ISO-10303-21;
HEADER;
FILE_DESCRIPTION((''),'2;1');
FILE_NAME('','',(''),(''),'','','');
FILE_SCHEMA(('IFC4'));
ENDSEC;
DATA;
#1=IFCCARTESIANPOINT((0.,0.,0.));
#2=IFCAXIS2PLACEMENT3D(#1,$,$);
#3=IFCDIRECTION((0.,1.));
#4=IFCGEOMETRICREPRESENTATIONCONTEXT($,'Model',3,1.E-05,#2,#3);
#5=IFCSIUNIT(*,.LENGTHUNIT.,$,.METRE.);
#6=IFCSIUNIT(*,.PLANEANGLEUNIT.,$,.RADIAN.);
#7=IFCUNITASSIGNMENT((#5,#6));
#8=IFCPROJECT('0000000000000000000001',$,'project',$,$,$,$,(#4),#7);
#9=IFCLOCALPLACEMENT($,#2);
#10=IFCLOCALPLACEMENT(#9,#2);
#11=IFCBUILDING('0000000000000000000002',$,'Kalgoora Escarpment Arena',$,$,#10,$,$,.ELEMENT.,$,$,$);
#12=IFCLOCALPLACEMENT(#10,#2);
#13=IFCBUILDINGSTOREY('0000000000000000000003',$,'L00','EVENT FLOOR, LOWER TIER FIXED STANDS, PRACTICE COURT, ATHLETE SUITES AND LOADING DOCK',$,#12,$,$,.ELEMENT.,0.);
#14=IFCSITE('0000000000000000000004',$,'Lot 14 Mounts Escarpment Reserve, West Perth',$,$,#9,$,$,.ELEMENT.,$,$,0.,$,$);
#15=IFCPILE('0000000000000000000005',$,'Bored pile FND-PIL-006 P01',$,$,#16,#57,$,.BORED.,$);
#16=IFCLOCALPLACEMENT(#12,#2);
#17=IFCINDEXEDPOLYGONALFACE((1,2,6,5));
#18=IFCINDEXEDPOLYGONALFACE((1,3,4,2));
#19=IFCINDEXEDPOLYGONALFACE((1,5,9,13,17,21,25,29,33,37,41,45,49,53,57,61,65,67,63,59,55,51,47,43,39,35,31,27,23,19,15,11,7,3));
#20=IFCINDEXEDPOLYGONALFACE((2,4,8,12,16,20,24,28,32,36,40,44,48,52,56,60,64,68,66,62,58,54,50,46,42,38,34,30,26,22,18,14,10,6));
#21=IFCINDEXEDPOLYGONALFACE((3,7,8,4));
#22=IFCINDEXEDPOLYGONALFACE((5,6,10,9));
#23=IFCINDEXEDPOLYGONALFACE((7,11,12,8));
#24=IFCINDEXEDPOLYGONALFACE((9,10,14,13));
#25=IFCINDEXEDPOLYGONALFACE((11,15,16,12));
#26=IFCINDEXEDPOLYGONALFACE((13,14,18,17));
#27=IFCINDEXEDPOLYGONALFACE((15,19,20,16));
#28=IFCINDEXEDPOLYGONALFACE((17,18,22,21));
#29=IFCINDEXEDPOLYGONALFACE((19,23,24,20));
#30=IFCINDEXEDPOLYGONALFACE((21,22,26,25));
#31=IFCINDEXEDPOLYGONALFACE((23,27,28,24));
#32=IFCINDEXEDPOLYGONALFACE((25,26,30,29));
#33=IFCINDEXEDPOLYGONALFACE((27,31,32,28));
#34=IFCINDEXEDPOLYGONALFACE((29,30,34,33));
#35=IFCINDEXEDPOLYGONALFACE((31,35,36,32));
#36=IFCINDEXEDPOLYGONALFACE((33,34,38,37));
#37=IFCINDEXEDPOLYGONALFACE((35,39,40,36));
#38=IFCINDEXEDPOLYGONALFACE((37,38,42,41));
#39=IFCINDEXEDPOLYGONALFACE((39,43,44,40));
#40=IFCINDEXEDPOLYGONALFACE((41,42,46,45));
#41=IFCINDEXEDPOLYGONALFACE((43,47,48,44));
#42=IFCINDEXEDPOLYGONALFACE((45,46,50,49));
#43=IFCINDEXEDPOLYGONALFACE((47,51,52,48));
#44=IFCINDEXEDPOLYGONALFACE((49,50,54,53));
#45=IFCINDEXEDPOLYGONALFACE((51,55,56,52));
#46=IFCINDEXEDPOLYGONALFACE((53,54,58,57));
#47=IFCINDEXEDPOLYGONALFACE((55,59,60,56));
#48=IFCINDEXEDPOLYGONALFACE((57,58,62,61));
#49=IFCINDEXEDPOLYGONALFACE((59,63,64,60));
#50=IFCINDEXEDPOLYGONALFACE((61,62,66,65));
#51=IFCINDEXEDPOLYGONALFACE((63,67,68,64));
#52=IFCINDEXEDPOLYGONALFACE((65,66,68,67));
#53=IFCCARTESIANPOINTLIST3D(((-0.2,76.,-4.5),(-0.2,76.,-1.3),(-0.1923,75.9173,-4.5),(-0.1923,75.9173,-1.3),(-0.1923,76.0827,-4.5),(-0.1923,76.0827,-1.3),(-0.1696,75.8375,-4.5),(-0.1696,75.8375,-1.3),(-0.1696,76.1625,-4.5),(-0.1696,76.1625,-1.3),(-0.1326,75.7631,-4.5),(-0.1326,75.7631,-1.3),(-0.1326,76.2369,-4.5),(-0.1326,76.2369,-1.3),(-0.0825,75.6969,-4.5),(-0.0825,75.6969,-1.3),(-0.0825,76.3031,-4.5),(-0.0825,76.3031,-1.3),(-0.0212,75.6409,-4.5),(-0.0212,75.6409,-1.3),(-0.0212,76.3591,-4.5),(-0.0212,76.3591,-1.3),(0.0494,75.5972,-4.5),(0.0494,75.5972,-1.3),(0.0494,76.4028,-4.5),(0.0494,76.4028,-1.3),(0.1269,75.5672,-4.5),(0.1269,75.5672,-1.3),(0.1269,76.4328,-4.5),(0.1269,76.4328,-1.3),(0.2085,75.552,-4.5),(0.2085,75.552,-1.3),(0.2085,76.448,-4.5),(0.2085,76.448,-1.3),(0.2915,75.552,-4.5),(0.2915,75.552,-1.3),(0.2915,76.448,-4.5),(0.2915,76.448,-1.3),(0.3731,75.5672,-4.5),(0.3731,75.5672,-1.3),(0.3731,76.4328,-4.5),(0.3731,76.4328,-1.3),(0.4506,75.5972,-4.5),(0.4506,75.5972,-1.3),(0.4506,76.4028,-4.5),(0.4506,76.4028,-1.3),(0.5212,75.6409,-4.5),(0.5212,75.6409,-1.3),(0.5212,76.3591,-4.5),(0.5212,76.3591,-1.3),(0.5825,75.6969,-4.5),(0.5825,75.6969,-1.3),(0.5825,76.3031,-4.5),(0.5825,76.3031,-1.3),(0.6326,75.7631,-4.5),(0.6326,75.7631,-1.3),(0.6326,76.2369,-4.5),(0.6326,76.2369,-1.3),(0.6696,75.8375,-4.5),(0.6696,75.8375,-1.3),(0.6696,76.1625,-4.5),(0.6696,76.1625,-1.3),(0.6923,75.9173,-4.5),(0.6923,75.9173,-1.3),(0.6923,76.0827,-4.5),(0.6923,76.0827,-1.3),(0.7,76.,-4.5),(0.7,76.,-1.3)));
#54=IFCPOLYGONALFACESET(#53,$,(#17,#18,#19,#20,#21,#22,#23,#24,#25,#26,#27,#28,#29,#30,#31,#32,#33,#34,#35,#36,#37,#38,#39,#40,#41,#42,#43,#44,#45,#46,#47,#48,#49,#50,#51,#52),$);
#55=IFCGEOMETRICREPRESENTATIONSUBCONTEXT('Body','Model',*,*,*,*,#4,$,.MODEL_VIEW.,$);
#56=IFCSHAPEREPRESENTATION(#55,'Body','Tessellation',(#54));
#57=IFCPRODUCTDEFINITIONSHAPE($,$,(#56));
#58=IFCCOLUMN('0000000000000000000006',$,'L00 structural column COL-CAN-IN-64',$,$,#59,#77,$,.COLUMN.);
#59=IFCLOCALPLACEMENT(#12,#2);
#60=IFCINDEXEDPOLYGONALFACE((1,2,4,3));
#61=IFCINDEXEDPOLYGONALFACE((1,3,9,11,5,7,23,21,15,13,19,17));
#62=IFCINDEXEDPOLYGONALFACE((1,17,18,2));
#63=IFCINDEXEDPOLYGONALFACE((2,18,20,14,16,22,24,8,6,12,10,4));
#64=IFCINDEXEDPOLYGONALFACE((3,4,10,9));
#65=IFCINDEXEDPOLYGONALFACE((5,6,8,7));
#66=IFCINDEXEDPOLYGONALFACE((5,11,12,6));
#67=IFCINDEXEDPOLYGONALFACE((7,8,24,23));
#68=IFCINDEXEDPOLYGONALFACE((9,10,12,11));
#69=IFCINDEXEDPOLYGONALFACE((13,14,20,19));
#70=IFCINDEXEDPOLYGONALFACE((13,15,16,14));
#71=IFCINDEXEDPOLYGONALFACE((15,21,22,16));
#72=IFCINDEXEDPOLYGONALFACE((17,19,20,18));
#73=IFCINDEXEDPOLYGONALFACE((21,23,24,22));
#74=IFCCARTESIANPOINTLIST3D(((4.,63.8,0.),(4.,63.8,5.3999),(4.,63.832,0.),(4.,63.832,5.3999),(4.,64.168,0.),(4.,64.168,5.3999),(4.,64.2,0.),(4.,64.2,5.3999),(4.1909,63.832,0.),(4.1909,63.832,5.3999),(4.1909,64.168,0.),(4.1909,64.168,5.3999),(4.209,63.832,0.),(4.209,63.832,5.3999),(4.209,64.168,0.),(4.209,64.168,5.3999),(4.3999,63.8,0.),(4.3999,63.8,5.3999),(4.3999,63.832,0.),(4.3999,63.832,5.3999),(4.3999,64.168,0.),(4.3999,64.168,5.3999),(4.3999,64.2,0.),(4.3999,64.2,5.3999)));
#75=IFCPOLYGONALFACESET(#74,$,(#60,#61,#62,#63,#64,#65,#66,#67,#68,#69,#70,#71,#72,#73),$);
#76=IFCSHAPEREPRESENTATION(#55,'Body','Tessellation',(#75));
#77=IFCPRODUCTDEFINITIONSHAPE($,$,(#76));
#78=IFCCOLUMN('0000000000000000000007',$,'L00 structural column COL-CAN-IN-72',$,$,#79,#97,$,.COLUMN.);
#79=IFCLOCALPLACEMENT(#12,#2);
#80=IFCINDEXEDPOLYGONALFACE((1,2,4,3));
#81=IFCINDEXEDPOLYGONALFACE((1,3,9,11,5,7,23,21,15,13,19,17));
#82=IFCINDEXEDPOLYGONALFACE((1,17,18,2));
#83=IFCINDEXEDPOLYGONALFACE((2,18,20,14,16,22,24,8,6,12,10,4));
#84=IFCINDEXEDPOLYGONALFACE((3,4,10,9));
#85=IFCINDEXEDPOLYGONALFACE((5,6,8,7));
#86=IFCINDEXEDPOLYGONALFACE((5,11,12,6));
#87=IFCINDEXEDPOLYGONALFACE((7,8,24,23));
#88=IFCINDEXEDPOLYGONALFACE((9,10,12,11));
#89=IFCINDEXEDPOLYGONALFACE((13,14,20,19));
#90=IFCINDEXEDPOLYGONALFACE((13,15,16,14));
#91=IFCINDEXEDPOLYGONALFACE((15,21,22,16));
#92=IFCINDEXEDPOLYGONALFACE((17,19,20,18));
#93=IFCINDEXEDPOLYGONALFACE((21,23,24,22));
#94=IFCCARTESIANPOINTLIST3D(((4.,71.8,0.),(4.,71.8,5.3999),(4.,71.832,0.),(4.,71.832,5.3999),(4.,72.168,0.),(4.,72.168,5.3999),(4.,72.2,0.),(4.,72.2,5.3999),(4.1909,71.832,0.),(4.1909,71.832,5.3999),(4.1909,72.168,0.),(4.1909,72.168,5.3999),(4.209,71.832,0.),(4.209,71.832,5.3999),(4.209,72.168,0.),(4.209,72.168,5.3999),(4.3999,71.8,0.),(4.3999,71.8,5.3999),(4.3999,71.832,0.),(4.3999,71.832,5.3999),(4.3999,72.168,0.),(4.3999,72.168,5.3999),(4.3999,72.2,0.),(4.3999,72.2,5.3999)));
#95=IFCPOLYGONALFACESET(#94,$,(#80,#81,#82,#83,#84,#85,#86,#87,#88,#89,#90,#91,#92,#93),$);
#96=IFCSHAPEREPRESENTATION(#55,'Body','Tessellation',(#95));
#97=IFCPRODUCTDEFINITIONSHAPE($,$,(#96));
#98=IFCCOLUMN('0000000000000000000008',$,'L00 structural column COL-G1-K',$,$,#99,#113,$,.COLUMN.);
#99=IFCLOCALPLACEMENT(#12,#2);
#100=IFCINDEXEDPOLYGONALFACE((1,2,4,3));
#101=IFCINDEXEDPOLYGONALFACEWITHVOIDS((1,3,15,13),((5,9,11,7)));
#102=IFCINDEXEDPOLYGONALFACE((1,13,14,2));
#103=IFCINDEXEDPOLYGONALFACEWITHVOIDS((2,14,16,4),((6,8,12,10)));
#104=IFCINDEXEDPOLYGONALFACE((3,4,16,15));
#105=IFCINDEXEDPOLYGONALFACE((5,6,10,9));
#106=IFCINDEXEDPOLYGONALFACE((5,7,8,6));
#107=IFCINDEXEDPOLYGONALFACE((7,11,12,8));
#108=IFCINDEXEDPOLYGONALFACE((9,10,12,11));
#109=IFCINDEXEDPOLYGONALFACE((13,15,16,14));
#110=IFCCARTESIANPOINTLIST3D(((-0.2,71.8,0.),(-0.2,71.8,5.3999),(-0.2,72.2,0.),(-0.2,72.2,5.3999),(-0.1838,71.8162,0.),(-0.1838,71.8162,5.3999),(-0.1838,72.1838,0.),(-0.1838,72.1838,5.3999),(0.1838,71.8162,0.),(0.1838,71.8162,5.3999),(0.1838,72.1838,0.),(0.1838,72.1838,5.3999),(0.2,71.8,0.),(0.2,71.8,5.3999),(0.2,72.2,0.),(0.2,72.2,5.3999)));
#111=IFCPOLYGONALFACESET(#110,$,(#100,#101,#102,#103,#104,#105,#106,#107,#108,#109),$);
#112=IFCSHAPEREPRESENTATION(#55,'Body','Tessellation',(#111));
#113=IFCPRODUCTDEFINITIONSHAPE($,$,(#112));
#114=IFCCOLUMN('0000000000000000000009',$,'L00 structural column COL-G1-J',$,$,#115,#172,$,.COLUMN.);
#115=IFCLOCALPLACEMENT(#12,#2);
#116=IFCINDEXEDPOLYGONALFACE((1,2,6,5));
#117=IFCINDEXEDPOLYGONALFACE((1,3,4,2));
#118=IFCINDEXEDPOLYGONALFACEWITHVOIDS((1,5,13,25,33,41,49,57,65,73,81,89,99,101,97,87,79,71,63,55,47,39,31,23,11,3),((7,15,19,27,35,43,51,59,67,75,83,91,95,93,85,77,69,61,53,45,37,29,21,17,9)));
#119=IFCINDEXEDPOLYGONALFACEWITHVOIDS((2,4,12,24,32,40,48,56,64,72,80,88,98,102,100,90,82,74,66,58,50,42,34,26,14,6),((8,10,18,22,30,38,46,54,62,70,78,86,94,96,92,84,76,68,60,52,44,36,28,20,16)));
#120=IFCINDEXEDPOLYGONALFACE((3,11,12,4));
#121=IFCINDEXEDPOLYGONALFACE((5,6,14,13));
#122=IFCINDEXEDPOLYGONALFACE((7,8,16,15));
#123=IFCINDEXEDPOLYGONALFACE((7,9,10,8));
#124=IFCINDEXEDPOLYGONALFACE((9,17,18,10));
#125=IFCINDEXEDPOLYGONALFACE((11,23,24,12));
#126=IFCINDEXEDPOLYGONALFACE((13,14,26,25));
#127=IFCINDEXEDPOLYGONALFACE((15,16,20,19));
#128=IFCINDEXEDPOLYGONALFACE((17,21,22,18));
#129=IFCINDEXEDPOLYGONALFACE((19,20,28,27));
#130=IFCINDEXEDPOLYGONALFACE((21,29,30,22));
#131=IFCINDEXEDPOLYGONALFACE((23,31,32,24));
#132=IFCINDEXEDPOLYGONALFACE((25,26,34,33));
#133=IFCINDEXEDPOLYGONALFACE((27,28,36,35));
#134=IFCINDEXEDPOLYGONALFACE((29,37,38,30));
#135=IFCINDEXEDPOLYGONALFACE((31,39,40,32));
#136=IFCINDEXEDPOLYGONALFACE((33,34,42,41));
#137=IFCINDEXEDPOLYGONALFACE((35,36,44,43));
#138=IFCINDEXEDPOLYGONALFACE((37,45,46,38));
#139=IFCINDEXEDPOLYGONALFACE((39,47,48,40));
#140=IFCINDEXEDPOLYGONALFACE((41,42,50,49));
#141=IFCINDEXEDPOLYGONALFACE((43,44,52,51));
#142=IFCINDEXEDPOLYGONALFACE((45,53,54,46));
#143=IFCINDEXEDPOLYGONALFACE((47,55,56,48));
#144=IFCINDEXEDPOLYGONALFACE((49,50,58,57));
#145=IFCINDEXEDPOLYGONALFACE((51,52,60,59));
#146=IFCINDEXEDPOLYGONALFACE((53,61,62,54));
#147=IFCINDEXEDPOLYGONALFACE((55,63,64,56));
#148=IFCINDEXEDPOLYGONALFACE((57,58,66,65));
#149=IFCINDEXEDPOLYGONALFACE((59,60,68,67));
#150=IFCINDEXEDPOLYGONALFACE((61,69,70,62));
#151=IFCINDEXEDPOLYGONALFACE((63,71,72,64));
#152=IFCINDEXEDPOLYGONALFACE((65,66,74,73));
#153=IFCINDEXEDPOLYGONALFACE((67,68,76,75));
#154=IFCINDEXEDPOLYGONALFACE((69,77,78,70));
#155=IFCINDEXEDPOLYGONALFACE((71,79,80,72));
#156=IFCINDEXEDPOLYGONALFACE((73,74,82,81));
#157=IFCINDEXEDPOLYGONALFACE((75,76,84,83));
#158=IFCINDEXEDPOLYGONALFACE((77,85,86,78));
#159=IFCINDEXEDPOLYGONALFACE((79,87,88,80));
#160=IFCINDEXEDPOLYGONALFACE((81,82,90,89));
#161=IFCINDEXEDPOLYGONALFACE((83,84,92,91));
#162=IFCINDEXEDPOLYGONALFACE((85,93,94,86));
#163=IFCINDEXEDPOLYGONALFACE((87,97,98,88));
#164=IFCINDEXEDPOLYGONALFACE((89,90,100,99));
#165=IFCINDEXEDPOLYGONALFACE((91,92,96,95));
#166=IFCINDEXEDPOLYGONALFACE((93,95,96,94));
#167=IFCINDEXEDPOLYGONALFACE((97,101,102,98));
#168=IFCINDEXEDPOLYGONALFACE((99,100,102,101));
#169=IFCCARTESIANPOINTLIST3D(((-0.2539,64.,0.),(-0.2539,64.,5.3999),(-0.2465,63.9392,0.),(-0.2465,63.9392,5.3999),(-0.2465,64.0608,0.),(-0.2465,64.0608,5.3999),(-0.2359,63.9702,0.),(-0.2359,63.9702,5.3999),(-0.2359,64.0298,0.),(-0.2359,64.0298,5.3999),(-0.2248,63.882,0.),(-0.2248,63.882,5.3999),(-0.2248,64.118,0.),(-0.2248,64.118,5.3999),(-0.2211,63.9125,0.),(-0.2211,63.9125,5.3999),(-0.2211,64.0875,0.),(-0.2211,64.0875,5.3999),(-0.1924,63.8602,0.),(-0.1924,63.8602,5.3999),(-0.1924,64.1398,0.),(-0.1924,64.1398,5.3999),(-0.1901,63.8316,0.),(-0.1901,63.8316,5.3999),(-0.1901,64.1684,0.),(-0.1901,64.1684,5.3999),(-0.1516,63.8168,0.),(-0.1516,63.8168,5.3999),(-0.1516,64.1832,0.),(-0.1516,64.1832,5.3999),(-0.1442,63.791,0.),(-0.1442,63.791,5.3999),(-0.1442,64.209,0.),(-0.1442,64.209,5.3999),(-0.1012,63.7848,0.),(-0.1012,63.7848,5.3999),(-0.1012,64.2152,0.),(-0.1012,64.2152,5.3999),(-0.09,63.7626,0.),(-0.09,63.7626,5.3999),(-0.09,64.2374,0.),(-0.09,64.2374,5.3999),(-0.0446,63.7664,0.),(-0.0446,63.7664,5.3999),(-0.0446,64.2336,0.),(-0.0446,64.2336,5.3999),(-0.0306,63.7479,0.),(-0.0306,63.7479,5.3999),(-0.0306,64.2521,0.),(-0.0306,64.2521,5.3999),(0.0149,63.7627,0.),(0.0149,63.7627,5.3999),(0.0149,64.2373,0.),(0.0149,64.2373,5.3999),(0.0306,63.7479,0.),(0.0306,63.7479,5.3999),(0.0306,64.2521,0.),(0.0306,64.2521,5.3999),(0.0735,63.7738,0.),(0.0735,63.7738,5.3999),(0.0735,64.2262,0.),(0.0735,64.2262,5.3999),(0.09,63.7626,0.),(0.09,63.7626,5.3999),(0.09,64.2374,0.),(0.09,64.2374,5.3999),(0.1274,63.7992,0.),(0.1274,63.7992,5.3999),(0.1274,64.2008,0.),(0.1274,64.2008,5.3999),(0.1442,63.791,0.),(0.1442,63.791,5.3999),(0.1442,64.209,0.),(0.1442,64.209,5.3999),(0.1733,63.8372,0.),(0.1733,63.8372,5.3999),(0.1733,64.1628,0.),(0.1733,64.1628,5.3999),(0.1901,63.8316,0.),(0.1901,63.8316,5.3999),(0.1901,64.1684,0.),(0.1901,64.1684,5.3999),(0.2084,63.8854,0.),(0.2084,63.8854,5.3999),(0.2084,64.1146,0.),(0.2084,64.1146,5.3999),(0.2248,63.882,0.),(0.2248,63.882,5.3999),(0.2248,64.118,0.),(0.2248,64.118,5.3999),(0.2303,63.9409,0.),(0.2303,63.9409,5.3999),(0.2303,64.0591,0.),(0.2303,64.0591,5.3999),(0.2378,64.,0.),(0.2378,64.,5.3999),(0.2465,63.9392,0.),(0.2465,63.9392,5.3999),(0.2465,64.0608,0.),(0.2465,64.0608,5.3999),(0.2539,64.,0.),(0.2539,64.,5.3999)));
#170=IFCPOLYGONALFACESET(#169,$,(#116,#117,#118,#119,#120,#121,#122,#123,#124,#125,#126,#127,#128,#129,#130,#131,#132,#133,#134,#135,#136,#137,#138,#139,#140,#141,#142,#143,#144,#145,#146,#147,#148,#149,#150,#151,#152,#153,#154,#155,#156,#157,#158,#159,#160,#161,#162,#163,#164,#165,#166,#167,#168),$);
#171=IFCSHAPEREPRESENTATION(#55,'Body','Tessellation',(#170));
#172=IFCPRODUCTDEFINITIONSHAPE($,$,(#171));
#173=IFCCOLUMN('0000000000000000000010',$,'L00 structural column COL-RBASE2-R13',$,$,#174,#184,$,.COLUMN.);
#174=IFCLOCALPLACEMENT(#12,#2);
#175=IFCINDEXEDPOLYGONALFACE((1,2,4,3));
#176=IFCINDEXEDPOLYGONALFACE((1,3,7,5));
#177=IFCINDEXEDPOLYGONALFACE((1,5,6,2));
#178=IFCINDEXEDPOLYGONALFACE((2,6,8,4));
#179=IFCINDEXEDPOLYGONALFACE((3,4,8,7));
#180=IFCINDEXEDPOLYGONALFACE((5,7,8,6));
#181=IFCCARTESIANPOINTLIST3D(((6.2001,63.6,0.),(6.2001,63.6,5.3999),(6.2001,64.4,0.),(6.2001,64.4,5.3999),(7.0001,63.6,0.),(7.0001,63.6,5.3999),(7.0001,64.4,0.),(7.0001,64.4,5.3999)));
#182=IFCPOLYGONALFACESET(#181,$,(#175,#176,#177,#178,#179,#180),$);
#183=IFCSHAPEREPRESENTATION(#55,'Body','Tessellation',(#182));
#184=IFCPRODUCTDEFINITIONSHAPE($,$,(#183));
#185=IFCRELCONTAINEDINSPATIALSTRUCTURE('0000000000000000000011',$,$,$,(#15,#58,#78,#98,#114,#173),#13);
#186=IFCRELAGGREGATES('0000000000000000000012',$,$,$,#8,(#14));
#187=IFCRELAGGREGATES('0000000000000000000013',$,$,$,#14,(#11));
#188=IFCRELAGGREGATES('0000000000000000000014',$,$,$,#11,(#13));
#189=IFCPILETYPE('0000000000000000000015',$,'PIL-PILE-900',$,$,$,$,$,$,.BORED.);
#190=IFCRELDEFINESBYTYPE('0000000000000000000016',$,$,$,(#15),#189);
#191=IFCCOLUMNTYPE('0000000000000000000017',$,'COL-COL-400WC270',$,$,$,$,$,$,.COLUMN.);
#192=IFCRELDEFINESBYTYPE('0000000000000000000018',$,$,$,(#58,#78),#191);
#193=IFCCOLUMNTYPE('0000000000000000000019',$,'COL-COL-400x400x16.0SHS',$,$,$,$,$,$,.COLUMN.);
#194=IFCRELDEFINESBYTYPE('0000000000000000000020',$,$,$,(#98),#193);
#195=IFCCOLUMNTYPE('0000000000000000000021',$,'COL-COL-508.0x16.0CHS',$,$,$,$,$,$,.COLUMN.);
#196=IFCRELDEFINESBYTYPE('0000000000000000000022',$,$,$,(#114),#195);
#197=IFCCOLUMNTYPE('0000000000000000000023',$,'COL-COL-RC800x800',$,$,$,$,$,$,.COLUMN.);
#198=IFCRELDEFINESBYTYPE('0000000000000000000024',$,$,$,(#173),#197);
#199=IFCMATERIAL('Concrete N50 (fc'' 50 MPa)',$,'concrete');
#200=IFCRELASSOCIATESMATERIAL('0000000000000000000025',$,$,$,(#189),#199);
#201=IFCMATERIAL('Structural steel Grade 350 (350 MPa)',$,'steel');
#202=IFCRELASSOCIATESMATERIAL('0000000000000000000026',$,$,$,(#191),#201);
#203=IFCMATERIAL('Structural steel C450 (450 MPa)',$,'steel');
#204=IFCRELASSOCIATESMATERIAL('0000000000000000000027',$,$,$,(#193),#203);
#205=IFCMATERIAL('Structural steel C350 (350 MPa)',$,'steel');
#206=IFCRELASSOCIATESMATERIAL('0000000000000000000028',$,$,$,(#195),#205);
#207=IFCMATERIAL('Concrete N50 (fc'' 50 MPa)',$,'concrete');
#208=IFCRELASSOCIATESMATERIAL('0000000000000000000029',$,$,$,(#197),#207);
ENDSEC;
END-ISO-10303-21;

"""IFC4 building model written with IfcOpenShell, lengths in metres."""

from ifc_helpers import new_model, si_unit, direction, frame, origin, origin_2d, place, context, subcontext, project, spatial, rectangle, hollow_rectangle, circle, hollow_circle, i_section, extrude, material, material_profile, profile_set, type_object, element, save


model = new_model("IFC4")

# Units and contexts
model_context = context("Model", 3, precision=1e-05, world=origin(), true_north=direction((0.0, 1.0)))
body_context = subcontext(model_context, "Body", "Model", "MODEL_VIEW")
ifc_project = project(units=[si_unit("LENGTHUNIT", "METRE"), si_unit("PLANEANGLEUNIT", "RADIAN")], contexts=[model_context])

# Site, building, storey
site_placement = place(None, origin())
site = spatial("IfcSite", under=ifc_project, at=site_placement, Name="Lot 14 Mounts Escarpment Reserve, West Perth", CompositionType="ELEMENT", RefElevation=0.0)
building_placement = place(site_placement, origin())
building = spatial("IfcBuilding", under=site, at=building_placement, Name="Kalgoora Escarpment Arena", CompositionType="ELEMENT")
storey_placement = place(building_placement, origin())
storey = spatial("IfcBuildingStorey", under=building, at=storey_placement, Name="L00", Description="EVENT FLOOR, LOWER TIER FIXED STANDS, PRACTICE COURT, ATHLETE SUITES AND LOADING DOCK", CompositionType="ELEMENT", Elevation=0.0)

# Pile
ifc_material_1 = material(Name="Concrete N50 (fc' 50 MPa)", Category="concrete")
ifc_material_profile_1 = material_profile(ifc_material_1, circle(Radius=0.45, at=origin_2d()))
ifc_profile_set_1 = profile_set([ifc_material_profile_1], Name="Concrete N50 (fc' 50 MPa)")
pile_type_1 = type_object("IfcPileType", Name="PIL-PILE-900", PredefinedType="BORED", material=ifc_profile_set_1)
for number, where, z_axis, x_axis, name in (
    (1, (0.25, 76.0, -1.3), (0.0, 0.0, -1.0), (1.0, 0.0, 0.0), "Bored pile FND-PIL-006 P01"),
):
    element("IfcPile", number, at=place(storey_placement, frame(where, z_axis=z_axis, x_axis=x_axis)), inside=storey, type_object=pile_type_1, Name=name, PredefinedType="BORED", context=body_context, shape_type="SweptSolid", body=[
        extrude(circle(Radius=0.45, at=origin_2d()), origin(), (0.0, 0.0, 1.0), 3.2),
    ])

# Columns
ifc_material_2 = material(Name="Structural steel Grade 350 (350 MPa)", Category="steel")
ifc_material_profile_2 = material_profile(ifc_material_2, i_section(OverallWidth=0.3999, OverallDepth=0.3999, WebThickness=0.0181, FlangeThickness=0.032, at=origin_2d()))
ifc_profile_set_2 = profile_set([ifc_material_profile_2], Name="Structural steel Grade 350 (350 MPa)")
column_type_1 = type_object("IfcColumnType", Name="COL-COL-400WC270", PredefinedType="COLUMN", material=ifc_profile_set_2)
for number, where, z_axis, x_axis, name in (
    (2, (4.2, 64.0, 0.0), (0.0, 0.0, 1.0), (1.0, 0.0, 0.0), "L00 structural column COL-CAN-IN-64"),
    (3, (4.2, 72.0, 0.0), (0.0, 0.0, 1.0), (1.0, 0.0, 0.0), "L00 structural column COL-CAN-IN-72"),
):
    element("IfcColumn", number, at=place(storey_placement, frame(where, z_axis=z_axis, x_axis=x_axis)), inside=storey, type_object=column_type_1, Name=name, PredefinedType="COLUMN", context=body_context, shape_type="SweptSolid", body=[
        extrude(i_section(OverallWidth=0.3999, OverallDepth=0.3999, WebThickness=0.0181, FlangeThickness=0.032, at=origin_2d()), origin(), (0.0, 0.0, 1.0), 5.3999),
    ])
ifc_material_3 = material(Name="Structural steel C450 (450 MPa)", Category="steel")
ifc_material_profile_3 = material_profile(ifc_material_3, hollow_rectangle(XDim=0.3999, YDim=0.3999, WallThickness=0.0161, at=origin_2d()))
ifc_profile_set_3 = profile_set([ifc_material_profile_3], Name="Structural steel C450 (450 MPa)")
column_type_2 = type_object("IfcColumnType", Name="COL-COL-400x400x16.0SHS", PredefinedType="COLUMN", material=ifc_profile_set_3)
column_1_placement = place(storey_placement, frame((0.0, 72.0, 0.0), z_axis=(0.0, 0.0, 1.0), x_axis=(1.0, 0.0, 0.0)))
element("IfcColumn", 4, at=column_1_placement, inside=storey, type_object=column_type_2, Name="L00 structural column COL-G1-K", PredefinedType="COLUMN", context=body_context, shape_type="SweptSolid", body=[
    extrude(hollow_rectangle(XDim=0.3999, YDim=0.3999, WallThickness=0.0161, at=origin_2d()), origin(), (0.0, 0.0, 1.0), 5.3999),
])
ifc_material_4 = material(Name="Structural steel C350 (350 MPa)", Category="steel")
ifc_material_profile_4 = material_profile(ifc_material_4, hollow_circle(Radius=0.2539, WallThickness=0.0161, at=origin_2d()))
ifc_profile_set_4 = profile_set([ifc_material_profile_4], Name="Structural steel C350 (350 MPa)")
column_type_3 = type_object("IfcColumnType", Name="COL-COL-508.0x16.0CHS", PredefinedType="COLUMN", material=ifc_profile_set_4)
column_2_placement = place(storey_placement, frame((0.0, 64.0, 0.0), z_axis=(0.0, 0.0, 1.0), x_axis=(1.0, 0.0, 0.0)))
element("IfcColumn", 5, at=column_2_placement, inside=storey, type_object=column_type_3, Name="L00 structural column COL-G1-J", PredefinedType="COLUMN", context=body_context, shape_type="SweptSolid", body=[
    extrude(hollow_circle(Radius=0.2539, WallThickness=0.0161, at=origin_2d()), origin(), (0.0, 0.0, 1.0), 5.3999),
])
ifc_material_5 = material(Name="Concrete N50 (fc' 50 MPa)", Category="concrete")
ifc_material_profile_5 = material_profile(ifc_material_5, rectangle(XDim=0.8, YDim=0.8, at=origin_2d()))
ifc_profile_set_5 = profile_set([ifc_material_profile_5], Name="Concrete N50 (fc' 50 MPa)")
column_type_4 = type_object("IfcColumnType", Name="COL-COL-RC800x800", PredefinedType="COLUMN", material=ifc_profile_set_5)
column_3_placement = place(storey_placement, frame((6.6001, 64.0, 0.0), z_axis=(0.0, 0.0, 1.0), x_axis=(-1.0, 0.0, 0.0)))
element("IfcColumn", 6, at=column_3_placement, inside=storey, type_object=column_type_4, Name="L00 structural column COL-RBASE2-R13", PredefinedType="COLUMN", context=body_context, shape_type="SweptSolid", body=[
    extrude(rectangle(XDim=0.8, YDim=0.8, at=origin_2d()), origin(), (0.0, 0.0, 1.0), 5.3999),
])

save(model, "model.ifc")
